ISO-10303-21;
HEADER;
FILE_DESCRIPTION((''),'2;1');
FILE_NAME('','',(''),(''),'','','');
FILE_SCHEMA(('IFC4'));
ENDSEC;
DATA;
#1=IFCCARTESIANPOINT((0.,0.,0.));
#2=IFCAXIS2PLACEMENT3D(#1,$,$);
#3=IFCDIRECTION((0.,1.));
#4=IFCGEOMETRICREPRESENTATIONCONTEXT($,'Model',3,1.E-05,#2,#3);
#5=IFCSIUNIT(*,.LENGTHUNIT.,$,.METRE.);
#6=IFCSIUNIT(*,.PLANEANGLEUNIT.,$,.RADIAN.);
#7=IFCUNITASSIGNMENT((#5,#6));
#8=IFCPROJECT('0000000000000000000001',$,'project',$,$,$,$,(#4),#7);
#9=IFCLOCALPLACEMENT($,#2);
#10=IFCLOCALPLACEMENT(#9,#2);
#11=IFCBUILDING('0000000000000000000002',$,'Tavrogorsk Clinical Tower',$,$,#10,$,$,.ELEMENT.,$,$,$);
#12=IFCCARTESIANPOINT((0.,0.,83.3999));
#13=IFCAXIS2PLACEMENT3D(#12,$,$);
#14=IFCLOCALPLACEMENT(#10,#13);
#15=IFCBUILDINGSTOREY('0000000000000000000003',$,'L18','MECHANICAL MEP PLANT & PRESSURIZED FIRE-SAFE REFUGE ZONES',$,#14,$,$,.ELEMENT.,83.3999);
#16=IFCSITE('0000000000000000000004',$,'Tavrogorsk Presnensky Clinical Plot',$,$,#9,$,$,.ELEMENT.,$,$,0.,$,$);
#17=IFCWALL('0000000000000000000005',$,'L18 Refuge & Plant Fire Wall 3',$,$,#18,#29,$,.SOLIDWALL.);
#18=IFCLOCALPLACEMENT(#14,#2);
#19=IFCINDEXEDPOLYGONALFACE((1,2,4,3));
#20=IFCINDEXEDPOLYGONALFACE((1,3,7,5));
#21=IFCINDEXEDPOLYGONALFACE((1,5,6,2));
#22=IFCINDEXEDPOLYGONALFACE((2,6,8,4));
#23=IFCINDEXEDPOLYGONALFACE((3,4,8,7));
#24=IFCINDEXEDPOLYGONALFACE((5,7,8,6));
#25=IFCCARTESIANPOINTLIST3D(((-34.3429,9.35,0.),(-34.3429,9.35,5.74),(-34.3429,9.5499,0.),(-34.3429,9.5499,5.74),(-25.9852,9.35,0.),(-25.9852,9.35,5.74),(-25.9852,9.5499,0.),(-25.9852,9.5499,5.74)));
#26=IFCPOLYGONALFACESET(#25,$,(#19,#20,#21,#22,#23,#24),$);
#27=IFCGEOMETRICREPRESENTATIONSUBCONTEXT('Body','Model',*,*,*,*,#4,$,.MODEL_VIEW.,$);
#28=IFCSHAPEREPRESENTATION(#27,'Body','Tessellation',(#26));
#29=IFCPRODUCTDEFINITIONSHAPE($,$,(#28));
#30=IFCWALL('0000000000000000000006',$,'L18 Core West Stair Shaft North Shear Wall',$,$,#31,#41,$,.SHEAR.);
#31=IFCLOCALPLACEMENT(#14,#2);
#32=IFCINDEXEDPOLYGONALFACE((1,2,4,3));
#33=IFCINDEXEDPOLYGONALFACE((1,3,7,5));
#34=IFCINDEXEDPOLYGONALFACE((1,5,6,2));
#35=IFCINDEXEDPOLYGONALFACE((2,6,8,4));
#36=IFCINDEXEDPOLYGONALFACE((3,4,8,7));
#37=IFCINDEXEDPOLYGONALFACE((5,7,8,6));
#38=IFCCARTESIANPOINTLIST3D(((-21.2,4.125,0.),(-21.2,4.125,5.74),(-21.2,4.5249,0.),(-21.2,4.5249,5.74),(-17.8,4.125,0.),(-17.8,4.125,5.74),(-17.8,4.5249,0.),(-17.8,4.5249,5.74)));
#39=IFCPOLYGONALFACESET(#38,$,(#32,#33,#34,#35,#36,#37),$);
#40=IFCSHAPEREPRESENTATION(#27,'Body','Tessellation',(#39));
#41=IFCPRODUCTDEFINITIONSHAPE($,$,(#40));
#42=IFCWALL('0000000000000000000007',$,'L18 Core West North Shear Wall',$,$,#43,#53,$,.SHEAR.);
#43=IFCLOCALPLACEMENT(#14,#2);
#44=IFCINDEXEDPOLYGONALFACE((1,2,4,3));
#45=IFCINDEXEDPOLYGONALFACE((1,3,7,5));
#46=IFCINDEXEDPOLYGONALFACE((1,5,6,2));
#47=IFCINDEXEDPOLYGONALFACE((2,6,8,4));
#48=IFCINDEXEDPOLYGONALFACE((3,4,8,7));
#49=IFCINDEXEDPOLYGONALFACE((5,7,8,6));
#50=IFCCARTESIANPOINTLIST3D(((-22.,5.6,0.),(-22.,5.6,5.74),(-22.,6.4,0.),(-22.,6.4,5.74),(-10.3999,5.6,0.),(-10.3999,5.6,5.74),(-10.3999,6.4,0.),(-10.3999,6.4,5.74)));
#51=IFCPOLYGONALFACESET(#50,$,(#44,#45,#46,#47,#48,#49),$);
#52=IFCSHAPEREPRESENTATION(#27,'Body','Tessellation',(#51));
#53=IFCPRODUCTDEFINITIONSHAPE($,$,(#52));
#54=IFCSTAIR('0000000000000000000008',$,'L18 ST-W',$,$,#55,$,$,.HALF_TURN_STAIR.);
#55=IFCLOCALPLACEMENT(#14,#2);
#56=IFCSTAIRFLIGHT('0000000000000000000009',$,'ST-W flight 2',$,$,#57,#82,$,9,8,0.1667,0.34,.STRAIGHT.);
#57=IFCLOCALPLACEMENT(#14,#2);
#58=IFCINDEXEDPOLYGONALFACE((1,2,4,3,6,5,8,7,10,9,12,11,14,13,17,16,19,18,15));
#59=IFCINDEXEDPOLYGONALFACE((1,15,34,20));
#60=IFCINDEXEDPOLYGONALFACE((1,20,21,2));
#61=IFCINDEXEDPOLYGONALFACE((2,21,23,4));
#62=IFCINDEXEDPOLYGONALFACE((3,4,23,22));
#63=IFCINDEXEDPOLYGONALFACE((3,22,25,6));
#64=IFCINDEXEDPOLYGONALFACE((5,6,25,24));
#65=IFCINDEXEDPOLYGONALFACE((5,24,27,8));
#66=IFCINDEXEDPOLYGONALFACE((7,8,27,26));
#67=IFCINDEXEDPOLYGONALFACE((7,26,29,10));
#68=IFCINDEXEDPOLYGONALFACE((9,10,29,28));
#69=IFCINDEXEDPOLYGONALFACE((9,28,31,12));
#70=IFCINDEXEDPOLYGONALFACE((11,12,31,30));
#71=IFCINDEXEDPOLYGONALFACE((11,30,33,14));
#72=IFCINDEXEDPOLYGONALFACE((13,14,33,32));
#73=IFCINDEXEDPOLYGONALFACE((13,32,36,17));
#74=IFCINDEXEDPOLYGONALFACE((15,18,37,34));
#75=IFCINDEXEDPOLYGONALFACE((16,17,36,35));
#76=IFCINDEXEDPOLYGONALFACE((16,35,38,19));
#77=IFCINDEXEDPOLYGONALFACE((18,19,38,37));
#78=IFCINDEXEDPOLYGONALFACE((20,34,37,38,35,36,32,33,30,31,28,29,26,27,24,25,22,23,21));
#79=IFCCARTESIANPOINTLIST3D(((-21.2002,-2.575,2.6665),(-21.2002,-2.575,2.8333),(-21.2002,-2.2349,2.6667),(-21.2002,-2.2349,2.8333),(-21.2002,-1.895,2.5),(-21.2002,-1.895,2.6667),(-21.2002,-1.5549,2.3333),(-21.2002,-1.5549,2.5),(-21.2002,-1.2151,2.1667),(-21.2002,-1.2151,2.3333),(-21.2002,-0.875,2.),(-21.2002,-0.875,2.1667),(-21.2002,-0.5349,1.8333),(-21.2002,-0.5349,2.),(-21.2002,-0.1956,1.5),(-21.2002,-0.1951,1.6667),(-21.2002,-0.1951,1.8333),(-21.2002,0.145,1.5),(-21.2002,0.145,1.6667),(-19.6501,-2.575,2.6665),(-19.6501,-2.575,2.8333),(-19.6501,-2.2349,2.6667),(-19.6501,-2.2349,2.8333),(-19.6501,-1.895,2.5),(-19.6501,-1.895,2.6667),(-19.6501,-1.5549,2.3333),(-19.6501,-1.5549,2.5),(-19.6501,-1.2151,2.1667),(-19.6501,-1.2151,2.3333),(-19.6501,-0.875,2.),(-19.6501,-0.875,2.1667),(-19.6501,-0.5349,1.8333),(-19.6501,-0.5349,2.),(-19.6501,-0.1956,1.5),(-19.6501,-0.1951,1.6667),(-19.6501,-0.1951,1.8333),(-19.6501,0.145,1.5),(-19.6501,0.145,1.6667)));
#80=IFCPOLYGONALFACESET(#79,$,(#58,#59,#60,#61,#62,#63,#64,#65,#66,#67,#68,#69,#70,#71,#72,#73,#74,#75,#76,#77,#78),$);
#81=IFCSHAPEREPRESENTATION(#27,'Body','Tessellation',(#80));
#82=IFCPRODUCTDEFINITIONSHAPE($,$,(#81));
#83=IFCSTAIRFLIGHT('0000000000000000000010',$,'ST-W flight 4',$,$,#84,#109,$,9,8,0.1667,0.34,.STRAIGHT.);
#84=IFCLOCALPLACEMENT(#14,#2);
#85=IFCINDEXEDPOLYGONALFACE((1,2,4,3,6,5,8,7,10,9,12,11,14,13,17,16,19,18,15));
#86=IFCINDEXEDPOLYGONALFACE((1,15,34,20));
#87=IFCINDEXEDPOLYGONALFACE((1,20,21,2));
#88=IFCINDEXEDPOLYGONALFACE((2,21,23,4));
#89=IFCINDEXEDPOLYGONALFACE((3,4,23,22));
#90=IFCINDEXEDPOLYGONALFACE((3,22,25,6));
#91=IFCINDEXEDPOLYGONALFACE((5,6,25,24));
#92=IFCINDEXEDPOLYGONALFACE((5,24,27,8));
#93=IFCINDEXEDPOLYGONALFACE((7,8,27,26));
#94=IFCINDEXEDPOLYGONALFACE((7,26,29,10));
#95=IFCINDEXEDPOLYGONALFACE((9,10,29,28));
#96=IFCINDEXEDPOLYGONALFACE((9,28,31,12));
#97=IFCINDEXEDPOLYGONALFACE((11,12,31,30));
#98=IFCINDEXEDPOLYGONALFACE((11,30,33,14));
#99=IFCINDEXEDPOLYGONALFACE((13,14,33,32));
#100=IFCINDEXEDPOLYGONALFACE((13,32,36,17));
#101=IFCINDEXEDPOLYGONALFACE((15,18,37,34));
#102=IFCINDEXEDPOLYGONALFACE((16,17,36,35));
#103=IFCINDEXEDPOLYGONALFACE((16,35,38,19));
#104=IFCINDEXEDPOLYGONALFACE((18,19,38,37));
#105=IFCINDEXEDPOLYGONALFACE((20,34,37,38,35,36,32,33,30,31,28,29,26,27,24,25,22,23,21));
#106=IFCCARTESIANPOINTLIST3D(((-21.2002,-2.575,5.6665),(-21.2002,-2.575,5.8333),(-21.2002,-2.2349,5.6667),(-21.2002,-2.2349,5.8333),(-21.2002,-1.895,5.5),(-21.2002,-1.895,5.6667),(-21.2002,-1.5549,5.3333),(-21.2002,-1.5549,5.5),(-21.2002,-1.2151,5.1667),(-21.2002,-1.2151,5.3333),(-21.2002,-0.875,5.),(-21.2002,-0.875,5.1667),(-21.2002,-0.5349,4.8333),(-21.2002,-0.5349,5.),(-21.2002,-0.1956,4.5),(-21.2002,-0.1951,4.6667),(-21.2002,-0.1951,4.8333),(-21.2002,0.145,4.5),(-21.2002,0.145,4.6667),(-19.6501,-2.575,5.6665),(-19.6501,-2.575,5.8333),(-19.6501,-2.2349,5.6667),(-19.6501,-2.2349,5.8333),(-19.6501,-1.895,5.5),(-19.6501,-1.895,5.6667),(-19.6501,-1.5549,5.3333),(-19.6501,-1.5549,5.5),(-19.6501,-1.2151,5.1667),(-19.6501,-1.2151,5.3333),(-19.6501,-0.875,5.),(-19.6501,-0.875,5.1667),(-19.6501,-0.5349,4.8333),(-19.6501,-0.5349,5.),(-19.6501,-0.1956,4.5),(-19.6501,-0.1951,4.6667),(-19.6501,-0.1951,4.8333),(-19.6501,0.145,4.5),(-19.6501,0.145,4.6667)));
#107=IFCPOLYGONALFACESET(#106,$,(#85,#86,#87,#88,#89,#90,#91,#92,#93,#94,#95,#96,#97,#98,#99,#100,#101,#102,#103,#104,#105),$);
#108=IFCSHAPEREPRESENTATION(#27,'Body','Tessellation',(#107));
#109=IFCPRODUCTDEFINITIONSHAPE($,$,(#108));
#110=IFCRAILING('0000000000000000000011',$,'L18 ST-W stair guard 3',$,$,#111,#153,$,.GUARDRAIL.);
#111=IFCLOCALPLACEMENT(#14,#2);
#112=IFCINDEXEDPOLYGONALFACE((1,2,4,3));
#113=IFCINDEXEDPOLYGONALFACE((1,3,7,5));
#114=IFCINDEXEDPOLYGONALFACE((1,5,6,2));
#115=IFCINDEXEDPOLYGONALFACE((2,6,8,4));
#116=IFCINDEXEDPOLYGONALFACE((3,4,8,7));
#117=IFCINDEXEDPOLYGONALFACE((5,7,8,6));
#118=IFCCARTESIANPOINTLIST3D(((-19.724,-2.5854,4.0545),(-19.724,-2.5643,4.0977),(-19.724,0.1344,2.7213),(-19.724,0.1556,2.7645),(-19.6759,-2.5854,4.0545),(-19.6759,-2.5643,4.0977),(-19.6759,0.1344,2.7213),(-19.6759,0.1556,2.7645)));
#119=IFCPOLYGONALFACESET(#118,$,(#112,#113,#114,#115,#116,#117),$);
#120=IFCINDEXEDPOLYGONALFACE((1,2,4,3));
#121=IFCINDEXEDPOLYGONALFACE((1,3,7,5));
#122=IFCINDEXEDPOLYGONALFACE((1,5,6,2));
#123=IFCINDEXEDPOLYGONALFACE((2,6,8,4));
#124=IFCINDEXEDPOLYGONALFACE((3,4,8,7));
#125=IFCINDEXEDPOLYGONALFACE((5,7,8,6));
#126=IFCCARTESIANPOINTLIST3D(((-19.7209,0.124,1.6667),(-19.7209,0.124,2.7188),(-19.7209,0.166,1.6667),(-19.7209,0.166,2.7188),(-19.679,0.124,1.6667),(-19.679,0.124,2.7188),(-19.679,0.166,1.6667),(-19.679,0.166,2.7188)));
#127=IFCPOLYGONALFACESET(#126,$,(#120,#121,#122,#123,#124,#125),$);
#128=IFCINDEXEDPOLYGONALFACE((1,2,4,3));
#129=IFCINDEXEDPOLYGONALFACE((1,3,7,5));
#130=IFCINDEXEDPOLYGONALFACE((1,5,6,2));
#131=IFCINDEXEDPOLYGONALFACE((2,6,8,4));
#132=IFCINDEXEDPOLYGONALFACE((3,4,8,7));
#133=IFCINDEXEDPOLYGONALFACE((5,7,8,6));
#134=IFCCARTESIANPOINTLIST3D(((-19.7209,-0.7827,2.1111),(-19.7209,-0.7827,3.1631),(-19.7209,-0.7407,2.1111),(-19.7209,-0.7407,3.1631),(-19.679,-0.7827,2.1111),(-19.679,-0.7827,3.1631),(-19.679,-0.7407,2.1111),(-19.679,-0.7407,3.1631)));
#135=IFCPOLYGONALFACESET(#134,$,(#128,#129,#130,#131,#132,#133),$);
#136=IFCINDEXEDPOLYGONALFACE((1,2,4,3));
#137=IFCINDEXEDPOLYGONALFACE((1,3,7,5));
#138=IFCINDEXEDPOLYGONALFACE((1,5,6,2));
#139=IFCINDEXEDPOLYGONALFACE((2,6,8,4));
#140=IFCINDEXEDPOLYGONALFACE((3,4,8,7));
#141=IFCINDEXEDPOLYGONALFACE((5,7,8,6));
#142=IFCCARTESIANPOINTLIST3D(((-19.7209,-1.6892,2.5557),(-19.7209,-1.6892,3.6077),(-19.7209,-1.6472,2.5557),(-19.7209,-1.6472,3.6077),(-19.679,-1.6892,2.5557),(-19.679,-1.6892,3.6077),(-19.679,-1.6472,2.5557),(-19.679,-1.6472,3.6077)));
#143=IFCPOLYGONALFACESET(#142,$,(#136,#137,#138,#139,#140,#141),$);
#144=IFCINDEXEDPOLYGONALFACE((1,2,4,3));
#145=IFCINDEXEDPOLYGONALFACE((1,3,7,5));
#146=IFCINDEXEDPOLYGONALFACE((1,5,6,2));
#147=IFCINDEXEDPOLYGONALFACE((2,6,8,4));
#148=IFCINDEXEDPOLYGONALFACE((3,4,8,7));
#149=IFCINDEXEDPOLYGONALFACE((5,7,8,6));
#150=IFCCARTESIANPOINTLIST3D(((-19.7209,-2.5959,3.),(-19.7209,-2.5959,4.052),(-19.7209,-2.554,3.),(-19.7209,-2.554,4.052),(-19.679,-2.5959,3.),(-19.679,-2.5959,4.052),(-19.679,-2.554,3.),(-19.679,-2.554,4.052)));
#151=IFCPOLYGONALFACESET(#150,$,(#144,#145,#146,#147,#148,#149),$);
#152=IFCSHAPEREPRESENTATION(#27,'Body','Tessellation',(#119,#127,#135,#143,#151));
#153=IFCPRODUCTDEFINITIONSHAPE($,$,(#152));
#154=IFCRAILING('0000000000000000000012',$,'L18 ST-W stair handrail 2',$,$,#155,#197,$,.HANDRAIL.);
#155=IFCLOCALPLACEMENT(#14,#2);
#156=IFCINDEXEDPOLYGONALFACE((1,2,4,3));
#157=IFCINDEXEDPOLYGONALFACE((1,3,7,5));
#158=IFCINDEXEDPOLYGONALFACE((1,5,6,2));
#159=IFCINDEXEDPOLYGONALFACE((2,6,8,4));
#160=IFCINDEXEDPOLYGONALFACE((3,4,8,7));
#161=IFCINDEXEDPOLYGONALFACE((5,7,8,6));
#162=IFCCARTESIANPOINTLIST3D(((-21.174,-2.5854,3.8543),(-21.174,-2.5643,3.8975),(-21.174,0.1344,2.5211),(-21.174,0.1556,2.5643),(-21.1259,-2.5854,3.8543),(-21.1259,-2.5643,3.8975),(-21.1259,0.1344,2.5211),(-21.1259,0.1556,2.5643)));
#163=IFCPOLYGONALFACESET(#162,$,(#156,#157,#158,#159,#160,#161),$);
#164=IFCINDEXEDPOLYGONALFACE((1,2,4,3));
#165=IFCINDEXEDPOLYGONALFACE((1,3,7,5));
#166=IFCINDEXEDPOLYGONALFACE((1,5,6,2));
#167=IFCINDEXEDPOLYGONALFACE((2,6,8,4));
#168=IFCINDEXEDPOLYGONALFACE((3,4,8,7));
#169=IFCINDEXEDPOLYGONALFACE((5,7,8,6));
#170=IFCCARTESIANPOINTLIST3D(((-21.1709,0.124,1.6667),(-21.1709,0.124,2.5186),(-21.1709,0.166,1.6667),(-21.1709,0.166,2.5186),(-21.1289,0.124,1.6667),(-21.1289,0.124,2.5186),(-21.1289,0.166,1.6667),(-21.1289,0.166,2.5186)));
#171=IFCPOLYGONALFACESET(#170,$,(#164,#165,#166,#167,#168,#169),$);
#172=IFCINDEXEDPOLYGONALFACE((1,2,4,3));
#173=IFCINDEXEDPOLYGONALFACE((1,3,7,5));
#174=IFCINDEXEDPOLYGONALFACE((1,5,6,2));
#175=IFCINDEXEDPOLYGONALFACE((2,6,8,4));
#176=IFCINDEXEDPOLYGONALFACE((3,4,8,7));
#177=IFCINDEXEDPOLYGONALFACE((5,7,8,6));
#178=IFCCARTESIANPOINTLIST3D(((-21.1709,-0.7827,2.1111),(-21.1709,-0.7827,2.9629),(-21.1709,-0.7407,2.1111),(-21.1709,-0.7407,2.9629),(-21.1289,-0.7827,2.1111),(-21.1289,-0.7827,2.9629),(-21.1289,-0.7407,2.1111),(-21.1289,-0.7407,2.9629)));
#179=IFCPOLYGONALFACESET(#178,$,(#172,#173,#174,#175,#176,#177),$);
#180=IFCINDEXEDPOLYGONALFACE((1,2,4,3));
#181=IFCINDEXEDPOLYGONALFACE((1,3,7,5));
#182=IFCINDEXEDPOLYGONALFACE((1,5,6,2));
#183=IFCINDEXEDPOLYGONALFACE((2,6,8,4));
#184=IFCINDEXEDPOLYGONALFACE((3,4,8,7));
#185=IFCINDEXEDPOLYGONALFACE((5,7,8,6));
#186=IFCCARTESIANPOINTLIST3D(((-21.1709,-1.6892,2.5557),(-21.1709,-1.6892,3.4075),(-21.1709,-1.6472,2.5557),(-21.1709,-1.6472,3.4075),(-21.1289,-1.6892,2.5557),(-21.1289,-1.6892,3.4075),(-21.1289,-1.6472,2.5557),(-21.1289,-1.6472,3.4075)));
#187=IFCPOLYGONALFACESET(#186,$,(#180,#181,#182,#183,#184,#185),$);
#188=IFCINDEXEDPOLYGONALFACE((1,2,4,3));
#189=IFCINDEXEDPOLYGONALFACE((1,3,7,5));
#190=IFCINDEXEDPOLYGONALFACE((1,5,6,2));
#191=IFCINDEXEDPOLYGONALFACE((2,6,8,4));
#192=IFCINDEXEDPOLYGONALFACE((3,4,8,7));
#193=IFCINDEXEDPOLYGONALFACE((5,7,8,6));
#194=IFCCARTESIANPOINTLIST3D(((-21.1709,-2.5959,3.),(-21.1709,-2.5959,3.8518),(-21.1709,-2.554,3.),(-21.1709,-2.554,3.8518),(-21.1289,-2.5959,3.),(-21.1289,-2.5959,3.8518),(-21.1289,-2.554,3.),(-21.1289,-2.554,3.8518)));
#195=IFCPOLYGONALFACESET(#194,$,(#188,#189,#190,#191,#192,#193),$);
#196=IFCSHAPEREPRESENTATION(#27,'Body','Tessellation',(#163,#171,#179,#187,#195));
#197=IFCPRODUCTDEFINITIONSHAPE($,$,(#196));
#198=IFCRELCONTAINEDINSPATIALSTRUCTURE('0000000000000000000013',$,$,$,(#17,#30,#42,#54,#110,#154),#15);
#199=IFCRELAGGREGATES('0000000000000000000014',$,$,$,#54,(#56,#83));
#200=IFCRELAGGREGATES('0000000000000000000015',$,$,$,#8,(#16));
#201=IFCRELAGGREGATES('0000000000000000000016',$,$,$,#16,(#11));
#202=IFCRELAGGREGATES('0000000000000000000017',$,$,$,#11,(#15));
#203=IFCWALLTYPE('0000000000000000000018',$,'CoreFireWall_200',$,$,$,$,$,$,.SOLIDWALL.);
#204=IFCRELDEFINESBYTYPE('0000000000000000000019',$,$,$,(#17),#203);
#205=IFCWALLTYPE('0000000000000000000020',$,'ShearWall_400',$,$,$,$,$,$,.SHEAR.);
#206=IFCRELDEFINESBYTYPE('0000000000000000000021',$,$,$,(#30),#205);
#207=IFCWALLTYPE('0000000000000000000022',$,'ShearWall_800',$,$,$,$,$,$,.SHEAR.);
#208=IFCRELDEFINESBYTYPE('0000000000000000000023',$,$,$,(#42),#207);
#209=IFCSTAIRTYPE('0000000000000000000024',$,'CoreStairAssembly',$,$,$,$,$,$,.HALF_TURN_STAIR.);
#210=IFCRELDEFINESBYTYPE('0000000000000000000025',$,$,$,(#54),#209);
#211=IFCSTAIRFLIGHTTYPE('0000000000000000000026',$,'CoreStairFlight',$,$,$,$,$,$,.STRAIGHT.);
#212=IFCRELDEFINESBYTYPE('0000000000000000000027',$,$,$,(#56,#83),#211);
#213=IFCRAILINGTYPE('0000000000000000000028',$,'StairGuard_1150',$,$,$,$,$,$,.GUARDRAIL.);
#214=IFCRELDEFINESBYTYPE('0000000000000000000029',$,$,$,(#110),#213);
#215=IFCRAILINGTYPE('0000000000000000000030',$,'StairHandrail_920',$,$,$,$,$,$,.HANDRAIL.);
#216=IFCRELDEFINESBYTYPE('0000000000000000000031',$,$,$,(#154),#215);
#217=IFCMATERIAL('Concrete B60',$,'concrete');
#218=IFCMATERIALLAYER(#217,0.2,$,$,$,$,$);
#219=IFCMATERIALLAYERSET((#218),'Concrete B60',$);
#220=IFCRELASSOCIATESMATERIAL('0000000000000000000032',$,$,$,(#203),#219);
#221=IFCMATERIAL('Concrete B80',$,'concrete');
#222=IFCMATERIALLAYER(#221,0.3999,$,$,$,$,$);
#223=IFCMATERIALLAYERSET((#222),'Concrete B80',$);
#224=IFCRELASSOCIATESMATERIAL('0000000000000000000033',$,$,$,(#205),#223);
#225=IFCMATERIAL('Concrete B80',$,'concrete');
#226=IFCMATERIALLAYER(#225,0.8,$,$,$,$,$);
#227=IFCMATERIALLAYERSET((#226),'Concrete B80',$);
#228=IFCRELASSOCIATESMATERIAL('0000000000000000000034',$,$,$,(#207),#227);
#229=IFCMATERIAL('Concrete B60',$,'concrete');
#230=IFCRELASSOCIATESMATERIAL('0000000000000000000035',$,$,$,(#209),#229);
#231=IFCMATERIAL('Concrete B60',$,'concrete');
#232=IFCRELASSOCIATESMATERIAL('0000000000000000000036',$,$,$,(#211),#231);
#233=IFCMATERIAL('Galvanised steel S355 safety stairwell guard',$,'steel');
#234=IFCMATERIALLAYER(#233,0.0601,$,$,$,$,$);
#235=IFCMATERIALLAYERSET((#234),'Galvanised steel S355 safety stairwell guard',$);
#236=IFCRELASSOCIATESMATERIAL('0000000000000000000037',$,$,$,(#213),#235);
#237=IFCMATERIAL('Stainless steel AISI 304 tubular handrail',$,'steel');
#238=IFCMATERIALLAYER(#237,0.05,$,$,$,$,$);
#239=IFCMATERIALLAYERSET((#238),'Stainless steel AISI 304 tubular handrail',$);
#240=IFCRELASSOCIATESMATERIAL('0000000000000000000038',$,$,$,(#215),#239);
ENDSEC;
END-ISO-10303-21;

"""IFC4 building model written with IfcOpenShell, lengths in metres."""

from ifc_helpers import new_model, si_unit, direction, frame, frame_2d, origin, origin_2d, place, context, subcontext, project, spatial, polyline, rectangle, outline, extrude, material, layer, layer_set, type_object, element, aggregate, save


model = new_model("IFC4")

# Units and contexts
model_context = context("Model", 3, precision=1e-05, world=origin(), true_north=direction((0.0, 1.0)))
body_context = subcontext(model_context, "Body", "Model", "MODEL_VIEW")
ifc_project = project(units=[si_unit("LENGTHUNIT", "METRE"), si_unit("PLANEANGLEUNIT", "RADIAN")], contexts=[model_context])

# Site, building, storey
site_placement = place(None, origin())
site = spatial("IfcSite", under=ifc_project, at=site_placement, Name="Tavrogorsk Presnensky Clinical Plot", CompositionType="ELEMENT", RefElevation=0.0)
building_placement = place(site_placement, origin())
building = spatial("IfcBuilding", under=site, at=building_placement, Name="Tavrogorsk Clinical Tower", CompositionType="ELEMENT")
storey_placement = place(building_placement, frame((0.0, 0.0, 83.3999)))
storey = spatial("IfcBuildingStorey", under=building, at=storey_placement, Name="L18", Description="MECHANICAL MEP PLANT & PRESSURIZED FIRE-SAFE REFUGE ZONES", CompositionType="ELEMENT", Elevation=83.3999)

# Shared definitions
ifc_material_1 = material(Name="Concrete B60", Category="concrete")
ifc_layer_1 = layer(ifc_material_1, 0.2)
ifc_layer_set_1 = layer_set([ifc_layer_1], Name="Concrete B60")
wall_type_1 = type_object("IfcWallType", Name="CoreFireWall_200", PredefinedType="SOLIDWALL", material=ifc_layer_set_1)

# Walls
wall_1_placement = place(storey_placement, frame((-34.3428, 9.45, 0.0), z_axis=(0.0, 0.0, 1.0), x_axis=(1.0, 0.0, 0.0)))
element("IfcWall", 1, at=wall_1_placement, inside=storey, type_object=wall_type_1, Name="L18 Refuge & Plant Fire Wall 3", PredefinedType="SOLIDWALL", context=body_context, shape_type="SweptSolid", body=[
    extrude(rectangle(XDim=8.3577, YDim=0.2, at=frame_2d((4.1787, 0.0))), origin(), (0.0, 0.0, 1.0), 5.74),
])
ifc_material_2 = material(Name="Concrete B80", Category="concrete")
ifc_layer_2 = layer(ifc_material_2, 0.3999)
ifc_layer_set_2 = layer_set([ifc_layer_2], Name="Concrete B80")
wall_type_2 = type_object("IfcWallType", Name="ShearWall_400", PredefinedType="SHEAR", material=ifc_layer_set_2)
wall_2_placement = place(storey_placement, frame((-21.2, 4.325, 0.0), z_axis=(0.0, 0.0, 1.0), x_axis=(1.0, 0.0, 0.0)))
element("IfcWall", 2, at=wall_2_placement, inside=storey, type_object=wall_type_2, Name="L18 Core West Stair Shaft North Shear Wall", PredefinedType="SHEAR", context=body_context, shape_type="SweptSolid", body=[
    extrude(rectangle(XDim=3.3999, YDim=0.3999, at=frame_2d((1.7, 0.0))), origin(), (0.0, 0.0, 1.0), 5.74),
])
ifc_material_3 = material(Name="Concrete B80", Category="concrete")
ifc_layer_3 = layer(ifc_material_3, 0.8)
ifc_layer_set_3 = layer_set([ifc_layer_3], Name="Concrete B80")
wall_type_3 = type_object("IfcWallType", Name="ShearWall_800", PredefinedType="SHEAR", material=ifc_layer_set_3)
wall_3_placement = place(storey_placement, frame((-22.0, 6.0, 0.0), z_axis=(0.0, 0.0, 1.0), x_axis=(1.0, 0.0, 0.0)))
element("IfcWall", 3, at=wall_3_placement, inside=storey, type_object=wall_type_3, Name="L18 Core West North Shear Wall", PredefinedType="SHEAR", context=body_context, shape_type="SweptSolid", body=[
    extrude(rectangle(XDim=11.6001, YDim=0.8, at=frame_2d((5.8, 0.0))), origin(), (0.0, 0.0, 1.0), 5.74),
])

# Stair, stair flights
ifc_material_4 = material(Name="Concrete B60", Category="concrete")
stair_type = type_object("IfcStairType", Name="CoreStairAssembly", PredefinedType="HALF_TURN_STAIR", material=ifc_material_4)
stair_placement = place(storey_placement, origin())
stair = element("IfcStair", 4, at=stair_placement, inside=storey, type_object=stair_type, Name="L18 ST-W", PredefinedType="HALF_TURN_STAIR")
ifc_material_5 = material(Name="Concrete B60", Category="concrete")
stair_flight_type = type_object("IfcStairFlightType", Name="CoreStairFlight", PredefinedType="STRAIGHT", material=ifc_material_5)
stair_flight_1_placement = place(storey_placement, frame((-20.425, 0.145, 1.5), z_axis=(0.0, 0.0, 1.0), x_axis=(0.0, -1.0, 0.0)))
stair_flight_1 = element("IfcStairFlight", 5, at=stair_flight_1_placement, type_object=stair_flight_type, Name="ST-W flight 2", NumberOfRisers=9, NumberOfTreads=8, PredefinedType="STRAIGHT", RiserHeight=0.1667, TreadLength=0.34, context=body_context, shape_type="SweptSolid", body=[
    extrude(outline(polyline([(0.0, 0.0), (0.0, 0.1667), (0.3401, 0.1667), (0.3401, 0.3333), (0.6799, 0.3333), (0.6799, 0.5), (1.02, 0.5), (1.02, 0.6667), (1.3601, 0.6667), (1.3601, 0.8333), (1.7, 0.8333), (1.7, 1.0), (2.04, 1.0), (2.04, 1.1667), (2.3799, 1.1667), (2.3799, 1.3333), (2.72, 1.3333), (2.72, 1.5), (2.72, 1.1665), (0.3406, 0.0), (0.0, 0.0)])), frame((0.0, 0.7749, 0.0), z_axis=(0.0, -1.0, 0.0), x_axis=(1.0, 0.0, 0.0)), (0.0, 0.0, 1.0), 1.55),
])
stair_flight_2_placement = place(storey_placement, frame((-20.425, 0.145, 4.5), z_axis=(0.0, 0.0, 1.0), x_axis=(0.0, -1.0, 0.0)))
stair_flight_2 = element("IfcStairFlight", 6, at=stair_flight_2_placement, type_object=stair_flight_type, Name="ST-W flight 4", NumberOfRisers=9, NumberOfTreads=8, PredefinedType="STRAIGHT", RiserHeight=0.1667, TreadLength=0.34, context=body_context, shape_type="SweptSolid", body=[
    extrude(outline(polyline([(0.0, 0.0), (0.0, 0.1667), (0.3401, 0.1667), (0.3401, 0.3333), (0.6799, 0.3333), (0.6799, 0.5), (1.02, 0.5), (1.02, 0.6667), (1.3601, 0.6667), (1.3601, 0.8333), (1.7, 0.8333), (1.7, 1.0), (2.04, 1.0), (2.04, 1.1667), (2.3799, 1.1667), (2.3799, 1.3333), (2.72, 1.3333), (2.72, 1.5), (2.72, 1.1665), (0.3406, 0.0), (0.0, 0.0)])), frame((0.0, 0.7749, 0.0), z_axis=(0.0, -1.0, 0.0), x_axis=(1.0, 0.0, 0.0)), (0.0, 0.0, 1.0), 1.55),
])
aggregate(stair, [stair_flight_1, stair_flight_2])

# Railings
ifc_material_6 = material(Name="Galvanised steel S355 safety stairwell guard", Category="steel")
ifc_layer_4 = layer(ifc_material_6, 0.0601)
ifc_layer_set_4 = layer_set([ifc_layer_4], Name="Galvanised steel S355 safety stairwell guard")
railing_type_1 = type_object("IfcRailingType", Name="StairGuard_1150", PredefinedType="GUARDRAIL", material=ifc_layer_set_4)
railing_placement = place(storey_placement, frame((-19.7, 0.145, 1.6667)))
element("IfcRailing", 7, at=railing_placement, inside=storey, type_object=railing_type_1, Name="L18 ST-W stair guard 3", PredefinedType="GUARDRAIL", context=body_context, shape_type="SweptSolid", body=[
    extrude(rectangle(XDim=0.0481, YDim=0.0481, at=origin_2d()), frame((0.0, 0.0, 1.0762), z_axis=(0.0, -0.897929, 0.440139), x_axis=(1.0, 0.0, 0.0)), (0.0, 0.0, 1.0), 3.0291),
    extrude(rectangle(XDim=0.042, YDim=0.042, at=origin_2d()), origin(), (0.0, 0.0, 1.0), 1.052),
    extrude(rectangle(XDim=0.042, YDim=0.042, at=origin_2d()), frame((0.0, -0.9067, 0.4443)), (0.0, 0.0, 1.0), 1.052),
    extrude(rectangle(XDim=0.042, YDim=0.042, at=origin_2d()), frame((0.0, -1.8132, 0.8889)), (0.0, 0.0, 1.0), 1.052),
    extrude(rectangle(XDim=0.042, YDim=0.042, at=origin_2d()), frame((0.0, -2.72, 1.3333)), (0.0, 0.0, 1.0), 1.052),
])
ifc_material_7 = material(Name="Stainless steel AISI 304 tubular handrail", Category="steel")
ifc_layer_5 = layer(ifc_material_7, 0.05)
ifc_layer_set_5 = layer_set([ifc_layer_5], Name="Stainless steel AISI 304 tubular handrail")
railing_type_2 = type_object("IfcRailingType", Name="StairHandrail_920", PredefinedType="HANDRAIL", material=ifc_layer_set_5)
for number, where, name in (
    (8, (-21.1499, 0.145, 1.6667), "L18 ST-W stair handrail 2"),
):
    element("IfcRailing", number, at=place(storey_placement, frame(where)), inside=storey, type_object=railing_type_2, Name=name, PredefinedType="HANDRAIL", context=body_context, shape_type="SweptSolid", body=[
        extrude(rectangle(XDim=0.0481, YDim=0.0481, at=origin_2d()), frame((0.0, 0.0, 0.876), z_axis=(0.0, -0.897929, 0.440139), x_axis=(1.0, 0.0, 0.0)), (0.0, 0.0, 1.0), 3.0291),
        extrude(rectangle(XDim=0.042, YDim=0.042, at=origin_2d()), origin(), (0.0, 0.0, 1.0), 0.8518),
        extrude(rectangle(XDim=0.042, YDim=0.042, at=origin_2d()), frame((0.0, -0.9067, 0.4443)), (0.0, 0.0, 1.0), 0.8518),
        extrude(rectangle(XDim=0.042, YDim=0.042, at=origin_2d()), frame((0.0, -1.8132, 0.8889)), (0.0, 0.0, 1.0), 0.8518),
        extrude(rectangle(XDim=0.042, YDim=0.042, at=origin_2d()), frame((0.0, -2.72, 1.3333)), (0.0, 0.0, 1.0), 0.8518),
    ])

save(model, "model.ifc")
